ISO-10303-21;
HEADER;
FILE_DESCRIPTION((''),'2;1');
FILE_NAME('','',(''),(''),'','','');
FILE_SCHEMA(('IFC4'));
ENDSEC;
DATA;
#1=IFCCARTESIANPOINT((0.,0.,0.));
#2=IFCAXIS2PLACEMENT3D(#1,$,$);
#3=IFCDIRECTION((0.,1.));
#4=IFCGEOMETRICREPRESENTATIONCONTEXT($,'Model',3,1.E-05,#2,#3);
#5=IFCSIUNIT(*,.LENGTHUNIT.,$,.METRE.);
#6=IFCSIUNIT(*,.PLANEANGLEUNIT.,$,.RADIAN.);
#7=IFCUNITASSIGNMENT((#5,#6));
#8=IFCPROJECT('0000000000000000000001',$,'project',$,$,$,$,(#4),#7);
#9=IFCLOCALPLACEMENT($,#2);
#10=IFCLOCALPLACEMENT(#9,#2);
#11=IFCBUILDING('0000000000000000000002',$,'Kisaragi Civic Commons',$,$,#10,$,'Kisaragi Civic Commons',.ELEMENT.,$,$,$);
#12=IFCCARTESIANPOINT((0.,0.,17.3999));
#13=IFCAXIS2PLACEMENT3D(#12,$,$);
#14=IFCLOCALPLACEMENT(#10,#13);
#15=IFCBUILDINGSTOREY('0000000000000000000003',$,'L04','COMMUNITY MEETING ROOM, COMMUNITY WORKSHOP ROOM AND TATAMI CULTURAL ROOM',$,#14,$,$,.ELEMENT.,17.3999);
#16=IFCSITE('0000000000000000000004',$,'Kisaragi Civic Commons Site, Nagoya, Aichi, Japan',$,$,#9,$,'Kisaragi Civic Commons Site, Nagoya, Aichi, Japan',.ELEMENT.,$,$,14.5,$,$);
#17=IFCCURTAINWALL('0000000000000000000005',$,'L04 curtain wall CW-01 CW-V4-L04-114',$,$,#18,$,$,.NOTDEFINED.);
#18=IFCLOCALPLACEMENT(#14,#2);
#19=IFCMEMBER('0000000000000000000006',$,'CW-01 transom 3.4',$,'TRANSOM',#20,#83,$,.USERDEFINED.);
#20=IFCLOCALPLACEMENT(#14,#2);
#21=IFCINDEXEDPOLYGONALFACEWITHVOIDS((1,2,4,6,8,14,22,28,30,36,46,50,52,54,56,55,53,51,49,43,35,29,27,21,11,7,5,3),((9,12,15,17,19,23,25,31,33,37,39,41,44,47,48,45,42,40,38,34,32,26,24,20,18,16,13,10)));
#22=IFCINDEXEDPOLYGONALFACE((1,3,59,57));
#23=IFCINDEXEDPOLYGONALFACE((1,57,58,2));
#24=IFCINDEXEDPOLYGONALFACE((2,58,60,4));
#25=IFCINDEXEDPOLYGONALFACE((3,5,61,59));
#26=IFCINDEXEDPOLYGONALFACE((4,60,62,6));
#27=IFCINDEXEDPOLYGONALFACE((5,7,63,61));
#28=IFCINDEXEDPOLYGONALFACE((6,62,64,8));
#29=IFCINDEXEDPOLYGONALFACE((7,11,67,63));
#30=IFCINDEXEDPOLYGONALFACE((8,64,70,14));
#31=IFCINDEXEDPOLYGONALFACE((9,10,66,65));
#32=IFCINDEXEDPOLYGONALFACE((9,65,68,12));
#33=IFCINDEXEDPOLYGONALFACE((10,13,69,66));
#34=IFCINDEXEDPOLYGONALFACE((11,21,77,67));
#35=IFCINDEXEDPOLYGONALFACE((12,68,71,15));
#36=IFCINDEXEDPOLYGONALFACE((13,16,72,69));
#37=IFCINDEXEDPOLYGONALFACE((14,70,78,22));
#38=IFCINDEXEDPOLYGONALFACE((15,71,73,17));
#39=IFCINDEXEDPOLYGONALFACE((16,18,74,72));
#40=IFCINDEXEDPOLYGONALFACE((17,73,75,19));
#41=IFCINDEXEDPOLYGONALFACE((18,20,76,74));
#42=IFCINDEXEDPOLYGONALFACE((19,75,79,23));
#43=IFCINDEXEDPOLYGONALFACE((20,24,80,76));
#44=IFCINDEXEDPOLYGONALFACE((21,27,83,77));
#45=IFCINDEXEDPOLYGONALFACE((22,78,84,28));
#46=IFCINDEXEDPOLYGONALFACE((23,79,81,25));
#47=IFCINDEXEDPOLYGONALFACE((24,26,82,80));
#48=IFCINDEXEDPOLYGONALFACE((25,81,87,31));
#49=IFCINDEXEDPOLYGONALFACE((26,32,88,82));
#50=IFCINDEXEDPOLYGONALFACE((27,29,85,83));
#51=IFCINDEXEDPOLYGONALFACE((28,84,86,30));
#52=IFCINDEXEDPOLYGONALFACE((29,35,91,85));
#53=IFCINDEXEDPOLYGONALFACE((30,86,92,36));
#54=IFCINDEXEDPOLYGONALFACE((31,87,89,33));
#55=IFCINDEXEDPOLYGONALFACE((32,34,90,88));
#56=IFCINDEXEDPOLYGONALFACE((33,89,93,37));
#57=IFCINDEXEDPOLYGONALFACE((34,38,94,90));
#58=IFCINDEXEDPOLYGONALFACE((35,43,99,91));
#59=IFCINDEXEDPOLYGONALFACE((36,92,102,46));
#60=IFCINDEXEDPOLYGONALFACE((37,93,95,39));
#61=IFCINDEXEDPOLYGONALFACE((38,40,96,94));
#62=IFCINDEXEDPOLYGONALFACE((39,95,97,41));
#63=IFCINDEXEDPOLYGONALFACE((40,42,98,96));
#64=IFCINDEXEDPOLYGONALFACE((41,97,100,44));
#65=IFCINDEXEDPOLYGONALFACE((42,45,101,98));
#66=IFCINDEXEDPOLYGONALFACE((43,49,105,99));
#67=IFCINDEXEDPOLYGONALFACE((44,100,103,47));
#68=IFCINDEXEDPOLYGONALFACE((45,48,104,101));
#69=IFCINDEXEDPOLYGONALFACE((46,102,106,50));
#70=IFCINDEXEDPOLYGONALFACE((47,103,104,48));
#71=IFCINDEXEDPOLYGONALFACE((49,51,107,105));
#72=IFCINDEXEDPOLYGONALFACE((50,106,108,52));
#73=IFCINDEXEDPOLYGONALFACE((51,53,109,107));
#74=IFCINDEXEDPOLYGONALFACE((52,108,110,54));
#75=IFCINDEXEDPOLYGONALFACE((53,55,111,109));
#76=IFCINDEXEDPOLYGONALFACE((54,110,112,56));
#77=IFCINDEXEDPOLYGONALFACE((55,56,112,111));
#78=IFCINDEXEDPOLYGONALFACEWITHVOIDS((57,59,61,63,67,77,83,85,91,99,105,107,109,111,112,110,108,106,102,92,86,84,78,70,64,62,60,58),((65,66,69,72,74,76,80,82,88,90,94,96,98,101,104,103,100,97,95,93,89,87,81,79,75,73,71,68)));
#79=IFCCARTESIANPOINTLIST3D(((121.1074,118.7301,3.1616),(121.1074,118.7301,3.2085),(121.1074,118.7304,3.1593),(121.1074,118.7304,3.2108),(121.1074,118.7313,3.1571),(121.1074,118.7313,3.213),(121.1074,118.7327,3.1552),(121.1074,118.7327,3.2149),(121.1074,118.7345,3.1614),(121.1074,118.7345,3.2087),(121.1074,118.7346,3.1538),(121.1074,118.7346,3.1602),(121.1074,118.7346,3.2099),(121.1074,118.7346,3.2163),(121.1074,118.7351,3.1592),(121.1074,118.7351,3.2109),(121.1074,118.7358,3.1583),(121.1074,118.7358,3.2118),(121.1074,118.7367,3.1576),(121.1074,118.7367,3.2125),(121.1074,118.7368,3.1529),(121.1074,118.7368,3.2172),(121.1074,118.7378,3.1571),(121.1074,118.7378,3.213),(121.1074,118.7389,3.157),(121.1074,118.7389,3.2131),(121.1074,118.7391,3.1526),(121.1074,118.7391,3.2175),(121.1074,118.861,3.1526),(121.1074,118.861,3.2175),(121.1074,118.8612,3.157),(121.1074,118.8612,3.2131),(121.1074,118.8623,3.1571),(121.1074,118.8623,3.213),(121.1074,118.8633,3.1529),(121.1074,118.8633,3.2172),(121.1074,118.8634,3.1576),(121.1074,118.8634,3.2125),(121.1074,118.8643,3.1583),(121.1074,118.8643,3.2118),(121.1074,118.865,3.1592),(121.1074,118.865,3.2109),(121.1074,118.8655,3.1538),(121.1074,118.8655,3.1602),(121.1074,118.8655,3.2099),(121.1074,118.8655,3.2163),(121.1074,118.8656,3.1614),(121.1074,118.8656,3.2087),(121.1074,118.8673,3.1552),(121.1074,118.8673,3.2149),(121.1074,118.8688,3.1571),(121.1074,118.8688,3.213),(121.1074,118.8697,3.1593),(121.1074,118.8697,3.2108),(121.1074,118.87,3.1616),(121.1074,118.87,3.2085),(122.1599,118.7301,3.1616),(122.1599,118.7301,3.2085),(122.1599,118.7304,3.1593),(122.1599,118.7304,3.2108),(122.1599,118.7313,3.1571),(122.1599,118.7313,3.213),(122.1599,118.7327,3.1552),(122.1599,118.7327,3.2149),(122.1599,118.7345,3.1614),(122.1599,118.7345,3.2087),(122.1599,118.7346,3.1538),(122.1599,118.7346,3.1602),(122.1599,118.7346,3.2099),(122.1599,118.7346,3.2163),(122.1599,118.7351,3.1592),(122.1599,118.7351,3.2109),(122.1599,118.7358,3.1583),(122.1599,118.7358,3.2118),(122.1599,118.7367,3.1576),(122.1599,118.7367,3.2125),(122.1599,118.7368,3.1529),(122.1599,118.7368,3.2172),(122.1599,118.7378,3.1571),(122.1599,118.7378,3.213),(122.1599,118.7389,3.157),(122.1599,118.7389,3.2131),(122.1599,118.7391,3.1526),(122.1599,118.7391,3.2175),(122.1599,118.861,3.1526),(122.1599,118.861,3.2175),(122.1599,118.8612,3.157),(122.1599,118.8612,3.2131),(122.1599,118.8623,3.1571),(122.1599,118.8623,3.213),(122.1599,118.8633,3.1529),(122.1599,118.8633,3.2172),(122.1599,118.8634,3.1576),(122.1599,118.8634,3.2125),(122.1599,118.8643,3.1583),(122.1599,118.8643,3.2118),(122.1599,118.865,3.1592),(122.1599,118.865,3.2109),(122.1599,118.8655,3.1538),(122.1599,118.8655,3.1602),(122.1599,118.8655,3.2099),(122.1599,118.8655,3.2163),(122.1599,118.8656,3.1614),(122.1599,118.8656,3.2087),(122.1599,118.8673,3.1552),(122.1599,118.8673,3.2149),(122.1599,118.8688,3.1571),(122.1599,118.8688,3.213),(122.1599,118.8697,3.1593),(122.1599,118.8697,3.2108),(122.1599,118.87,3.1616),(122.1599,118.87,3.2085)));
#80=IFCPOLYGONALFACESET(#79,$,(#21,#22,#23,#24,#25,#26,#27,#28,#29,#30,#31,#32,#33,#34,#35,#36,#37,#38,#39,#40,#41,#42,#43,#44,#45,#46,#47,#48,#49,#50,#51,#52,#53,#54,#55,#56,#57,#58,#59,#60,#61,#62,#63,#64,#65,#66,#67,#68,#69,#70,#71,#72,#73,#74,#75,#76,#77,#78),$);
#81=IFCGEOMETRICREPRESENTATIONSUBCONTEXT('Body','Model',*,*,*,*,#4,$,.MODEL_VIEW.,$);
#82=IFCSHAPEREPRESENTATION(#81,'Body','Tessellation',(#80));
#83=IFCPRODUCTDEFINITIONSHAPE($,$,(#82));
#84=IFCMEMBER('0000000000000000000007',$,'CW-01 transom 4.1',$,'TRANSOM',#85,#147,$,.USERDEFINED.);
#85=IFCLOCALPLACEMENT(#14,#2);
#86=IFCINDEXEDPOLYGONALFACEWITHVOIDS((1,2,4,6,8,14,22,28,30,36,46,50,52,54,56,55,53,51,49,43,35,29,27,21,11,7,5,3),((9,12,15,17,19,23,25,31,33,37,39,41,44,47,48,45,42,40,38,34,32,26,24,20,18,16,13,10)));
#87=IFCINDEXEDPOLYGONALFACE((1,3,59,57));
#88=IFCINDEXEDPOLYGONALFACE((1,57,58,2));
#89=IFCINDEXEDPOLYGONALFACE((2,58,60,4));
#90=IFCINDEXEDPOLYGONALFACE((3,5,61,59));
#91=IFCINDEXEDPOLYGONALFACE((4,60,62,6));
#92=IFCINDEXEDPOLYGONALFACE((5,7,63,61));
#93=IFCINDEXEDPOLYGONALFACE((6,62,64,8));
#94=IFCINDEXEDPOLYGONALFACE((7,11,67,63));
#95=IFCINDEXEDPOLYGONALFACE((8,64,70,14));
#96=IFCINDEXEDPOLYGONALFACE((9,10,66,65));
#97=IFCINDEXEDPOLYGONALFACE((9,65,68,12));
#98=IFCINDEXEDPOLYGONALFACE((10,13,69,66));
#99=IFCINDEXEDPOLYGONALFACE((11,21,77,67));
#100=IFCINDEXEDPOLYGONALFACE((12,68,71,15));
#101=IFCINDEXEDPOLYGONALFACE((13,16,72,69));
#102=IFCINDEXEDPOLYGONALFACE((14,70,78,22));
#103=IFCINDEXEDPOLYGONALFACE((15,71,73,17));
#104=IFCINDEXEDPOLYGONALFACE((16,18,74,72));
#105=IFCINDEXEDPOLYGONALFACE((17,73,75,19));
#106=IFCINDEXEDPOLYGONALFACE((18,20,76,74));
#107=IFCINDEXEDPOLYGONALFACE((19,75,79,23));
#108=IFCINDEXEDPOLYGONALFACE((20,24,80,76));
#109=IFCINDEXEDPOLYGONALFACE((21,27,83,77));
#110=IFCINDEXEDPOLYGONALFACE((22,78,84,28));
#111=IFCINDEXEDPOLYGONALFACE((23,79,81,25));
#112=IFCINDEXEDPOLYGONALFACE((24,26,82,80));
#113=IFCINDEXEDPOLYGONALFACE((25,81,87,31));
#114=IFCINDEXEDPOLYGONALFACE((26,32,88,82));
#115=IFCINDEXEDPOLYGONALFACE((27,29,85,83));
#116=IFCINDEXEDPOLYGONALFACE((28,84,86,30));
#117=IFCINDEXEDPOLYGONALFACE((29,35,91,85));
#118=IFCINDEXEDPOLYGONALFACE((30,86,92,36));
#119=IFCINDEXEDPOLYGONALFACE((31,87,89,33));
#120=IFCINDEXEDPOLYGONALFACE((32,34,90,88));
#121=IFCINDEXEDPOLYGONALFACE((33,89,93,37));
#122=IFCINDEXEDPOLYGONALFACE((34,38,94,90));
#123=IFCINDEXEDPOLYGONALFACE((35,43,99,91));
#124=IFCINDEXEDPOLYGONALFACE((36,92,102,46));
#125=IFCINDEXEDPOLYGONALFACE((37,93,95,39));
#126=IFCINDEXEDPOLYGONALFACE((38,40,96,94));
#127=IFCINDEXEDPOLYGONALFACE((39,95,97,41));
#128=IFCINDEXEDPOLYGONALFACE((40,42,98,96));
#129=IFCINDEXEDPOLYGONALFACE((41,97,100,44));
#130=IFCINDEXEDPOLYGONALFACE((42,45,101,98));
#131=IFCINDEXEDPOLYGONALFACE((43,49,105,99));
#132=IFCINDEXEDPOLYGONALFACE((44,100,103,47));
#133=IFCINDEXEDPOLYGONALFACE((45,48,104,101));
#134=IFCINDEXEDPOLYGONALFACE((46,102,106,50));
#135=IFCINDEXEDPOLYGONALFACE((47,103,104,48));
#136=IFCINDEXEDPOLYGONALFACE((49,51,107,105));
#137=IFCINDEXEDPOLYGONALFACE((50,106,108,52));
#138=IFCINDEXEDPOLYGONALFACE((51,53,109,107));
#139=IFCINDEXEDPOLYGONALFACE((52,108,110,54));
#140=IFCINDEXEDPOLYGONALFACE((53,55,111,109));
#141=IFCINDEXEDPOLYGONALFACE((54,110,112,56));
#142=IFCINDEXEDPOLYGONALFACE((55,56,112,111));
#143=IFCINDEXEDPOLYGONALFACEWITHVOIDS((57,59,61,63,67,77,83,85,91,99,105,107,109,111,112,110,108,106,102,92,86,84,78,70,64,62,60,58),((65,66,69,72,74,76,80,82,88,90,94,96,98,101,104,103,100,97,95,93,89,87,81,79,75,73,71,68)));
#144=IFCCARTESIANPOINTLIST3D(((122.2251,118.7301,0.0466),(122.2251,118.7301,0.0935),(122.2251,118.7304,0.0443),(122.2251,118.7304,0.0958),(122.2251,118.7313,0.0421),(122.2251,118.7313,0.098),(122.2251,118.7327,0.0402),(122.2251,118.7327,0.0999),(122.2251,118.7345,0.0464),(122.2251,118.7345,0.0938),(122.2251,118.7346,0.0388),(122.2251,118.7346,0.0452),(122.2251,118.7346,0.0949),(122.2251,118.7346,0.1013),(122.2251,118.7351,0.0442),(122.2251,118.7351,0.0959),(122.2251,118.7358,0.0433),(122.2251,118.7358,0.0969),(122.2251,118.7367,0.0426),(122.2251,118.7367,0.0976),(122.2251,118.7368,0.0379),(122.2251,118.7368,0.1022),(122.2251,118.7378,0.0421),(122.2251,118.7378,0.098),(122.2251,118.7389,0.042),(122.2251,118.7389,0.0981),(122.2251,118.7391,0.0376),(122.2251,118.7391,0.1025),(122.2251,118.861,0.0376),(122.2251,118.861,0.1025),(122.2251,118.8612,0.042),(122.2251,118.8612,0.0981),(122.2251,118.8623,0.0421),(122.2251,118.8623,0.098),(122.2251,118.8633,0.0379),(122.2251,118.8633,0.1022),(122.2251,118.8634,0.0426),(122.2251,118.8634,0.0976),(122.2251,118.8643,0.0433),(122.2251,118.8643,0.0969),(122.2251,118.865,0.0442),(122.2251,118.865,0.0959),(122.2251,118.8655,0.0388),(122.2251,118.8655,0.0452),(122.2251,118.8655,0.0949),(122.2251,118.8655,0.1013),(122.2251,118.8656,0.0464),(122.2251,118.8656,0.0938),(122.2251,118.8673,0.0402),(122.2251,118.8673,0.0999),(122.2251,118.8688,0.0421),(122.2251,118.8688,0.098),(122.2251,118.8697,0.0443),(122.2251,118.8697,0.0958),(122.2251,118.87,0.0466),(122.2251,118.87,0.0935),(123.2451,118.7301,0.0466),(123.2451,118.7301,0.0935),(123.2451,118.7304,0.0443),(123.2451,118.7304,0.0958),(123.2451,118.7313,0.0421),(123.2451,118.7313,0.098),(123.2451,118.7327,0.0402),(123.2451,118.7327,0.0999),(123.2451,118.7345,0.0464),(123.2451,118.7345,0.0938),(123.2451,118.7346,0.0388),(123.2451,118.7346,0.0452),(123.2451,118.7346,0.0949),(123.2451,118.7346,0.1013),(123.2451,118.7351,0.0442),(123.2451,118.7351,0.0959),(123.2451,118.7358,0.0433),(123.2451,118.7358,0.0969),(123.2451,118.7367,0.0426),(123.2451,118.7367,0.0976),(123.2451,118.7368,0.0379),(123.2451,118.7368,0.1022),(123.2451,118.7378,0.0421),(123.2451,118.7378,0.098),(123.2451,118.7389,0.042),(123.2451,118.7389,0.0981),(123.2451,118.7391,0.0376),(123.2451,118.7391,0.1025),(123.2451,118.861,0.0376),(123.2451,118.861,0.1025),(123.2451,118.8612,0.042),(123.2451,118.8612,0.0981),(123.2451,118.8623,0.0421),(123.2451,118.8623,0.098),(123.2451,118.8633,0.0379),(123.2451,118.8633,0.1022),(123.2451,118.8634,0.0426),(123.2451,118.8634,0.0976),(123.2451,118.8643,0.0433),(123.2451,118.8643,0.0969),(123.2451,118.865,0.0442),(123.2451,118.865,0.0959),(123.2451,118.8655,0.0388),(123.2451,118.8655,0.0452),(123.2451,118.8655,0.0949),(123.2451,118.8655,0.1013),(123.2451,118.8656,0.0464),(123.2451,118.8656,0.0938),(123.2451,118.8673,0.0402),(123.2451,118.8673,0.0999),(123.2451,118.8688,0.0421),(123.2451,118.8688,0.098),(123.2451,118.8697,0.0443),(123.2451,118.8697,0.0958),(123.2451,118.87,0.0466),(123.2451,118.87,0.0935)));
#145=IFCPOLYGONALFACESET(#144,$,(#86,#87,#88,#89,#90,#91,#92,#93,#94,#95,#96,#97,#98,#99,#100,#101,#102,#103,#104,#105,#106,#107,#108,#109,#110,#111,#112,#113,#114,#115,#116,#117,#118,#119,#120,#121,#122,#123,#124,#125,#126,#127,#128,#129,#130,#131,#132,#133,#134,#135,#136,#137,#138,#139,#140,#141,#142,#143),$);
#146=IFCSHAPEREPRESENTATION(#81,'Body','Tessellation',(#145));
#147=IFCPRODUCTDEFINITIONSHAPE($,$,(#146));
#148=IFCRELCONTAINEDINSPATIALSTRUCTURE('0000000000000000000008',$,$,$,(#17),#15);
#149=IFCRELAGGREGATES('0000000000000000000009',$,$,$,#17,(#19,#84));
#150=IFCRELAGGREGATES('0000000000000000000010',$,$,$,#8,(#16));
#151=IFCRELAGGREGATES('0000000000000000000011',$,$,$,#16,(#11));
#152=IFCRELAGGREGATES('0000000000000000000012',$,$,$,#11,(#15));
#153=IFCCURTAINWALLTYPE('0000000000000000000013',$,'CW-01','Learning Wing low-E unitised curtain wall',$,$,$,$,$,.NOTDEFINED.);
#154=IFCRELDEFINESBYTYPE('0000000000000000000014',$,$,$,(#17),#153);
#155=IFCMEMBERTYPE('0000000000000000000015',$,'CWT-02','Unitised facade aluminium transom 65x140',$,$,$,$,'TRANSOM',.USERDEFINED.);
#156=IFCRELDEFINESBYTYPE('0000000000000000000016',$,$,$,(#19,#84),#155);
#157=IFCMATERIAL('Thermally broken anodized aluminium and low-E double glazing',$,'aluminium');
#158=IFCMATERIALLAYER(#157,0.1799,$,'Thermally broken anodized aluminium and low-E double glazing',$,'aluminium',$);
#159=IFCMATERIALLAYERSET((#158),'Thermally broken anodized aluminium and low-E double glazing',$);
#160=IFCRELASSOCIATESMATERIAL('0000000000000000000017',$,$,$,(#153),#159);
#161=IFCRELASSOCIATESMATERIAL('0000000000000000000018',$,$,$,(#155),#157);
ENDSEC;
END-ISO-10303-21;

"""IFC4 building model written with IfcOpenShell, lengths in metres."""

from ifc_helpers import new_model, si_unit, direction, frame, origin, origin_2d, place, context, subcontext, project, spatial, hollow_rectangle, extrude, material, layer, layer_set, material_profile, profile_set, type_object, element, aggregate, save


model = new_model("IFC4")

# Units and contexts
model_context = context("Model", 3, precision=1e-05, world=origin(), true_north=direction((0.0, 1.0)))
body_context = subcontext(model_context, "Body", "Model", "MODEL_VIEW")
ifc_project = project(units=[si_unit("LENGTHUNIT", "METRE"), si_unit("PLANEANGLEUNIT", "RADIAN")], contexts=[model_context])

# Site, building, storey
site_placement = place(None, origin())
site = spatial("IfcSite", under=ifc_project, at=site_placement, Name="Kisaragi Civic Commons Site, Nagoya, Aichi, Japan", LongName="Kisaragi Civic Commons Site, Nagoya, Aichi, Japan", CompositionType="ELEMENT", RefElevation=14.5)
building_placement = place(site_placement, origin())
building = spatial("IfcBuilding", under=site, at=building_placement, Name="Kisaragi Civic Commons", LongName="Kisaragi Civic Commons", CompositionType="ELEMENT")
storey_placement = place(building_placement, frame((0.0, 0.0, 17.3999)))
storey = spatial("IfcBuildingStorey", under=building, at=storey_placement, Name="L04", Description="COMMUNITY MEETING ROOM, COMMUNITY WORKSHOP ROOM AND TATAMI CULTURAL ROOM", CompositionType="ELEMENT", Elevation=17.3999)

# Curtain wall
ifc_material_1 = material(Name="Thermally broken anodized aluminium and low-E double glazing", Category="aluminium")
ifc_layer_1 = layer(ifc_material_1, 0.1799, Name="Thermally broken anodized aluminium and low-E double glazing", Category="aluminium")
ifc_layer_set_1 = layer_set([ifc_layer_1], Name="Thermally broken anodized aluminium and low-E double glazing")
curtain_wall_type = type_object("IfcCurtainWallType", Name="CW-01", Description="Learning Wing low-E unitised curtain wall", PredefinedType="NOTDEFINED", material=ifc_layer_set_1)
curtain_wall_1_placement = place(storey_placement, origin())
curtain_wall_1 = element("IfcCurtainWall", 1, at=curtain_wall_1_placement, inside=storey, type_object=curtain_wall_type, Name="L04 curtain wall CW-01 CW-V4-L04-114", PredefinedType="NOTDEFINED")

# Members
ifc_material_profile_1 = material_profile(ifc_material_1, hollow_rectangle(XDim=0.1399, YDim=0.0649, WallThickness=0.0044, InnerFilletRadius=0.0044, OuterFilletRadius=0.009, at=origin_2d()), Name="CWT-65x140x4.5", Category="aluminium")
ifc_profile_set_1 = profile_set([ifc_material_profile_1], Name="Thermally broken anodized aluminium and low-E double glazing")
member_type_1 = type_object("IfcMemberType", Name="CWT-02", Description="Unitised facade aluminium transom 65x140", ElementType="TRANSOM", PredefinedType="USERDEFINED", material=ifc_profile_set_1)
member_1_placement = place(storey_placement, frame((121.1074, 118.8, 3.1851), z_axis=(1.0, 0.0, 0.0), x_axis=(0.0, 1.0, 0.0)))
member_1 = element("IfcMember", 2, at=member_1_placement, type_object=member_type_1, Name="CW-01 transom 3.4", ObjectType="TRANSOM", PredefinedType="USERDEFINED", context=body_context, shape_type="SweptSolid", body=[
    extrude(hollow_rectangle(XDim=0.1399, YDim=0.0649, WallThickness=0.0044, InnerFilletRadius=0.0044, OuterFilletRadius=0.009, at=origin_2d()), origin(), (0.0, 0.0, 1.0), 1.0525),
])
member_2_placement = place(storey_placement, frame((122.2251, 118.8, 0.0701), z_axis=(1.0, 0.0, 0.0), x_axis=(0.0, 1.0, 0.0)))
member_2 = element("IfcMember", 3, at=member_2_placement, type_object=member_type_1, Name="CW-01 transom 4.1", ObjectType="TRANSOM", PredefinedType="USERDEFINED", context=body_context, shape_type="SweptSolid", body=[
    extrude(hollow_rectangle(XDim=0.1399, YDim=0.0649, WallThickness=0.0044, InnerFilletRadius=0.0044, OuterFilletRadius=0.009, at=origin_2d()), origin(), (0.0, 0.0, 1.0), 1.02),
])

aggregate(curtain_wall_1, [member_1, member_2])

save(model, "model.ifc")
